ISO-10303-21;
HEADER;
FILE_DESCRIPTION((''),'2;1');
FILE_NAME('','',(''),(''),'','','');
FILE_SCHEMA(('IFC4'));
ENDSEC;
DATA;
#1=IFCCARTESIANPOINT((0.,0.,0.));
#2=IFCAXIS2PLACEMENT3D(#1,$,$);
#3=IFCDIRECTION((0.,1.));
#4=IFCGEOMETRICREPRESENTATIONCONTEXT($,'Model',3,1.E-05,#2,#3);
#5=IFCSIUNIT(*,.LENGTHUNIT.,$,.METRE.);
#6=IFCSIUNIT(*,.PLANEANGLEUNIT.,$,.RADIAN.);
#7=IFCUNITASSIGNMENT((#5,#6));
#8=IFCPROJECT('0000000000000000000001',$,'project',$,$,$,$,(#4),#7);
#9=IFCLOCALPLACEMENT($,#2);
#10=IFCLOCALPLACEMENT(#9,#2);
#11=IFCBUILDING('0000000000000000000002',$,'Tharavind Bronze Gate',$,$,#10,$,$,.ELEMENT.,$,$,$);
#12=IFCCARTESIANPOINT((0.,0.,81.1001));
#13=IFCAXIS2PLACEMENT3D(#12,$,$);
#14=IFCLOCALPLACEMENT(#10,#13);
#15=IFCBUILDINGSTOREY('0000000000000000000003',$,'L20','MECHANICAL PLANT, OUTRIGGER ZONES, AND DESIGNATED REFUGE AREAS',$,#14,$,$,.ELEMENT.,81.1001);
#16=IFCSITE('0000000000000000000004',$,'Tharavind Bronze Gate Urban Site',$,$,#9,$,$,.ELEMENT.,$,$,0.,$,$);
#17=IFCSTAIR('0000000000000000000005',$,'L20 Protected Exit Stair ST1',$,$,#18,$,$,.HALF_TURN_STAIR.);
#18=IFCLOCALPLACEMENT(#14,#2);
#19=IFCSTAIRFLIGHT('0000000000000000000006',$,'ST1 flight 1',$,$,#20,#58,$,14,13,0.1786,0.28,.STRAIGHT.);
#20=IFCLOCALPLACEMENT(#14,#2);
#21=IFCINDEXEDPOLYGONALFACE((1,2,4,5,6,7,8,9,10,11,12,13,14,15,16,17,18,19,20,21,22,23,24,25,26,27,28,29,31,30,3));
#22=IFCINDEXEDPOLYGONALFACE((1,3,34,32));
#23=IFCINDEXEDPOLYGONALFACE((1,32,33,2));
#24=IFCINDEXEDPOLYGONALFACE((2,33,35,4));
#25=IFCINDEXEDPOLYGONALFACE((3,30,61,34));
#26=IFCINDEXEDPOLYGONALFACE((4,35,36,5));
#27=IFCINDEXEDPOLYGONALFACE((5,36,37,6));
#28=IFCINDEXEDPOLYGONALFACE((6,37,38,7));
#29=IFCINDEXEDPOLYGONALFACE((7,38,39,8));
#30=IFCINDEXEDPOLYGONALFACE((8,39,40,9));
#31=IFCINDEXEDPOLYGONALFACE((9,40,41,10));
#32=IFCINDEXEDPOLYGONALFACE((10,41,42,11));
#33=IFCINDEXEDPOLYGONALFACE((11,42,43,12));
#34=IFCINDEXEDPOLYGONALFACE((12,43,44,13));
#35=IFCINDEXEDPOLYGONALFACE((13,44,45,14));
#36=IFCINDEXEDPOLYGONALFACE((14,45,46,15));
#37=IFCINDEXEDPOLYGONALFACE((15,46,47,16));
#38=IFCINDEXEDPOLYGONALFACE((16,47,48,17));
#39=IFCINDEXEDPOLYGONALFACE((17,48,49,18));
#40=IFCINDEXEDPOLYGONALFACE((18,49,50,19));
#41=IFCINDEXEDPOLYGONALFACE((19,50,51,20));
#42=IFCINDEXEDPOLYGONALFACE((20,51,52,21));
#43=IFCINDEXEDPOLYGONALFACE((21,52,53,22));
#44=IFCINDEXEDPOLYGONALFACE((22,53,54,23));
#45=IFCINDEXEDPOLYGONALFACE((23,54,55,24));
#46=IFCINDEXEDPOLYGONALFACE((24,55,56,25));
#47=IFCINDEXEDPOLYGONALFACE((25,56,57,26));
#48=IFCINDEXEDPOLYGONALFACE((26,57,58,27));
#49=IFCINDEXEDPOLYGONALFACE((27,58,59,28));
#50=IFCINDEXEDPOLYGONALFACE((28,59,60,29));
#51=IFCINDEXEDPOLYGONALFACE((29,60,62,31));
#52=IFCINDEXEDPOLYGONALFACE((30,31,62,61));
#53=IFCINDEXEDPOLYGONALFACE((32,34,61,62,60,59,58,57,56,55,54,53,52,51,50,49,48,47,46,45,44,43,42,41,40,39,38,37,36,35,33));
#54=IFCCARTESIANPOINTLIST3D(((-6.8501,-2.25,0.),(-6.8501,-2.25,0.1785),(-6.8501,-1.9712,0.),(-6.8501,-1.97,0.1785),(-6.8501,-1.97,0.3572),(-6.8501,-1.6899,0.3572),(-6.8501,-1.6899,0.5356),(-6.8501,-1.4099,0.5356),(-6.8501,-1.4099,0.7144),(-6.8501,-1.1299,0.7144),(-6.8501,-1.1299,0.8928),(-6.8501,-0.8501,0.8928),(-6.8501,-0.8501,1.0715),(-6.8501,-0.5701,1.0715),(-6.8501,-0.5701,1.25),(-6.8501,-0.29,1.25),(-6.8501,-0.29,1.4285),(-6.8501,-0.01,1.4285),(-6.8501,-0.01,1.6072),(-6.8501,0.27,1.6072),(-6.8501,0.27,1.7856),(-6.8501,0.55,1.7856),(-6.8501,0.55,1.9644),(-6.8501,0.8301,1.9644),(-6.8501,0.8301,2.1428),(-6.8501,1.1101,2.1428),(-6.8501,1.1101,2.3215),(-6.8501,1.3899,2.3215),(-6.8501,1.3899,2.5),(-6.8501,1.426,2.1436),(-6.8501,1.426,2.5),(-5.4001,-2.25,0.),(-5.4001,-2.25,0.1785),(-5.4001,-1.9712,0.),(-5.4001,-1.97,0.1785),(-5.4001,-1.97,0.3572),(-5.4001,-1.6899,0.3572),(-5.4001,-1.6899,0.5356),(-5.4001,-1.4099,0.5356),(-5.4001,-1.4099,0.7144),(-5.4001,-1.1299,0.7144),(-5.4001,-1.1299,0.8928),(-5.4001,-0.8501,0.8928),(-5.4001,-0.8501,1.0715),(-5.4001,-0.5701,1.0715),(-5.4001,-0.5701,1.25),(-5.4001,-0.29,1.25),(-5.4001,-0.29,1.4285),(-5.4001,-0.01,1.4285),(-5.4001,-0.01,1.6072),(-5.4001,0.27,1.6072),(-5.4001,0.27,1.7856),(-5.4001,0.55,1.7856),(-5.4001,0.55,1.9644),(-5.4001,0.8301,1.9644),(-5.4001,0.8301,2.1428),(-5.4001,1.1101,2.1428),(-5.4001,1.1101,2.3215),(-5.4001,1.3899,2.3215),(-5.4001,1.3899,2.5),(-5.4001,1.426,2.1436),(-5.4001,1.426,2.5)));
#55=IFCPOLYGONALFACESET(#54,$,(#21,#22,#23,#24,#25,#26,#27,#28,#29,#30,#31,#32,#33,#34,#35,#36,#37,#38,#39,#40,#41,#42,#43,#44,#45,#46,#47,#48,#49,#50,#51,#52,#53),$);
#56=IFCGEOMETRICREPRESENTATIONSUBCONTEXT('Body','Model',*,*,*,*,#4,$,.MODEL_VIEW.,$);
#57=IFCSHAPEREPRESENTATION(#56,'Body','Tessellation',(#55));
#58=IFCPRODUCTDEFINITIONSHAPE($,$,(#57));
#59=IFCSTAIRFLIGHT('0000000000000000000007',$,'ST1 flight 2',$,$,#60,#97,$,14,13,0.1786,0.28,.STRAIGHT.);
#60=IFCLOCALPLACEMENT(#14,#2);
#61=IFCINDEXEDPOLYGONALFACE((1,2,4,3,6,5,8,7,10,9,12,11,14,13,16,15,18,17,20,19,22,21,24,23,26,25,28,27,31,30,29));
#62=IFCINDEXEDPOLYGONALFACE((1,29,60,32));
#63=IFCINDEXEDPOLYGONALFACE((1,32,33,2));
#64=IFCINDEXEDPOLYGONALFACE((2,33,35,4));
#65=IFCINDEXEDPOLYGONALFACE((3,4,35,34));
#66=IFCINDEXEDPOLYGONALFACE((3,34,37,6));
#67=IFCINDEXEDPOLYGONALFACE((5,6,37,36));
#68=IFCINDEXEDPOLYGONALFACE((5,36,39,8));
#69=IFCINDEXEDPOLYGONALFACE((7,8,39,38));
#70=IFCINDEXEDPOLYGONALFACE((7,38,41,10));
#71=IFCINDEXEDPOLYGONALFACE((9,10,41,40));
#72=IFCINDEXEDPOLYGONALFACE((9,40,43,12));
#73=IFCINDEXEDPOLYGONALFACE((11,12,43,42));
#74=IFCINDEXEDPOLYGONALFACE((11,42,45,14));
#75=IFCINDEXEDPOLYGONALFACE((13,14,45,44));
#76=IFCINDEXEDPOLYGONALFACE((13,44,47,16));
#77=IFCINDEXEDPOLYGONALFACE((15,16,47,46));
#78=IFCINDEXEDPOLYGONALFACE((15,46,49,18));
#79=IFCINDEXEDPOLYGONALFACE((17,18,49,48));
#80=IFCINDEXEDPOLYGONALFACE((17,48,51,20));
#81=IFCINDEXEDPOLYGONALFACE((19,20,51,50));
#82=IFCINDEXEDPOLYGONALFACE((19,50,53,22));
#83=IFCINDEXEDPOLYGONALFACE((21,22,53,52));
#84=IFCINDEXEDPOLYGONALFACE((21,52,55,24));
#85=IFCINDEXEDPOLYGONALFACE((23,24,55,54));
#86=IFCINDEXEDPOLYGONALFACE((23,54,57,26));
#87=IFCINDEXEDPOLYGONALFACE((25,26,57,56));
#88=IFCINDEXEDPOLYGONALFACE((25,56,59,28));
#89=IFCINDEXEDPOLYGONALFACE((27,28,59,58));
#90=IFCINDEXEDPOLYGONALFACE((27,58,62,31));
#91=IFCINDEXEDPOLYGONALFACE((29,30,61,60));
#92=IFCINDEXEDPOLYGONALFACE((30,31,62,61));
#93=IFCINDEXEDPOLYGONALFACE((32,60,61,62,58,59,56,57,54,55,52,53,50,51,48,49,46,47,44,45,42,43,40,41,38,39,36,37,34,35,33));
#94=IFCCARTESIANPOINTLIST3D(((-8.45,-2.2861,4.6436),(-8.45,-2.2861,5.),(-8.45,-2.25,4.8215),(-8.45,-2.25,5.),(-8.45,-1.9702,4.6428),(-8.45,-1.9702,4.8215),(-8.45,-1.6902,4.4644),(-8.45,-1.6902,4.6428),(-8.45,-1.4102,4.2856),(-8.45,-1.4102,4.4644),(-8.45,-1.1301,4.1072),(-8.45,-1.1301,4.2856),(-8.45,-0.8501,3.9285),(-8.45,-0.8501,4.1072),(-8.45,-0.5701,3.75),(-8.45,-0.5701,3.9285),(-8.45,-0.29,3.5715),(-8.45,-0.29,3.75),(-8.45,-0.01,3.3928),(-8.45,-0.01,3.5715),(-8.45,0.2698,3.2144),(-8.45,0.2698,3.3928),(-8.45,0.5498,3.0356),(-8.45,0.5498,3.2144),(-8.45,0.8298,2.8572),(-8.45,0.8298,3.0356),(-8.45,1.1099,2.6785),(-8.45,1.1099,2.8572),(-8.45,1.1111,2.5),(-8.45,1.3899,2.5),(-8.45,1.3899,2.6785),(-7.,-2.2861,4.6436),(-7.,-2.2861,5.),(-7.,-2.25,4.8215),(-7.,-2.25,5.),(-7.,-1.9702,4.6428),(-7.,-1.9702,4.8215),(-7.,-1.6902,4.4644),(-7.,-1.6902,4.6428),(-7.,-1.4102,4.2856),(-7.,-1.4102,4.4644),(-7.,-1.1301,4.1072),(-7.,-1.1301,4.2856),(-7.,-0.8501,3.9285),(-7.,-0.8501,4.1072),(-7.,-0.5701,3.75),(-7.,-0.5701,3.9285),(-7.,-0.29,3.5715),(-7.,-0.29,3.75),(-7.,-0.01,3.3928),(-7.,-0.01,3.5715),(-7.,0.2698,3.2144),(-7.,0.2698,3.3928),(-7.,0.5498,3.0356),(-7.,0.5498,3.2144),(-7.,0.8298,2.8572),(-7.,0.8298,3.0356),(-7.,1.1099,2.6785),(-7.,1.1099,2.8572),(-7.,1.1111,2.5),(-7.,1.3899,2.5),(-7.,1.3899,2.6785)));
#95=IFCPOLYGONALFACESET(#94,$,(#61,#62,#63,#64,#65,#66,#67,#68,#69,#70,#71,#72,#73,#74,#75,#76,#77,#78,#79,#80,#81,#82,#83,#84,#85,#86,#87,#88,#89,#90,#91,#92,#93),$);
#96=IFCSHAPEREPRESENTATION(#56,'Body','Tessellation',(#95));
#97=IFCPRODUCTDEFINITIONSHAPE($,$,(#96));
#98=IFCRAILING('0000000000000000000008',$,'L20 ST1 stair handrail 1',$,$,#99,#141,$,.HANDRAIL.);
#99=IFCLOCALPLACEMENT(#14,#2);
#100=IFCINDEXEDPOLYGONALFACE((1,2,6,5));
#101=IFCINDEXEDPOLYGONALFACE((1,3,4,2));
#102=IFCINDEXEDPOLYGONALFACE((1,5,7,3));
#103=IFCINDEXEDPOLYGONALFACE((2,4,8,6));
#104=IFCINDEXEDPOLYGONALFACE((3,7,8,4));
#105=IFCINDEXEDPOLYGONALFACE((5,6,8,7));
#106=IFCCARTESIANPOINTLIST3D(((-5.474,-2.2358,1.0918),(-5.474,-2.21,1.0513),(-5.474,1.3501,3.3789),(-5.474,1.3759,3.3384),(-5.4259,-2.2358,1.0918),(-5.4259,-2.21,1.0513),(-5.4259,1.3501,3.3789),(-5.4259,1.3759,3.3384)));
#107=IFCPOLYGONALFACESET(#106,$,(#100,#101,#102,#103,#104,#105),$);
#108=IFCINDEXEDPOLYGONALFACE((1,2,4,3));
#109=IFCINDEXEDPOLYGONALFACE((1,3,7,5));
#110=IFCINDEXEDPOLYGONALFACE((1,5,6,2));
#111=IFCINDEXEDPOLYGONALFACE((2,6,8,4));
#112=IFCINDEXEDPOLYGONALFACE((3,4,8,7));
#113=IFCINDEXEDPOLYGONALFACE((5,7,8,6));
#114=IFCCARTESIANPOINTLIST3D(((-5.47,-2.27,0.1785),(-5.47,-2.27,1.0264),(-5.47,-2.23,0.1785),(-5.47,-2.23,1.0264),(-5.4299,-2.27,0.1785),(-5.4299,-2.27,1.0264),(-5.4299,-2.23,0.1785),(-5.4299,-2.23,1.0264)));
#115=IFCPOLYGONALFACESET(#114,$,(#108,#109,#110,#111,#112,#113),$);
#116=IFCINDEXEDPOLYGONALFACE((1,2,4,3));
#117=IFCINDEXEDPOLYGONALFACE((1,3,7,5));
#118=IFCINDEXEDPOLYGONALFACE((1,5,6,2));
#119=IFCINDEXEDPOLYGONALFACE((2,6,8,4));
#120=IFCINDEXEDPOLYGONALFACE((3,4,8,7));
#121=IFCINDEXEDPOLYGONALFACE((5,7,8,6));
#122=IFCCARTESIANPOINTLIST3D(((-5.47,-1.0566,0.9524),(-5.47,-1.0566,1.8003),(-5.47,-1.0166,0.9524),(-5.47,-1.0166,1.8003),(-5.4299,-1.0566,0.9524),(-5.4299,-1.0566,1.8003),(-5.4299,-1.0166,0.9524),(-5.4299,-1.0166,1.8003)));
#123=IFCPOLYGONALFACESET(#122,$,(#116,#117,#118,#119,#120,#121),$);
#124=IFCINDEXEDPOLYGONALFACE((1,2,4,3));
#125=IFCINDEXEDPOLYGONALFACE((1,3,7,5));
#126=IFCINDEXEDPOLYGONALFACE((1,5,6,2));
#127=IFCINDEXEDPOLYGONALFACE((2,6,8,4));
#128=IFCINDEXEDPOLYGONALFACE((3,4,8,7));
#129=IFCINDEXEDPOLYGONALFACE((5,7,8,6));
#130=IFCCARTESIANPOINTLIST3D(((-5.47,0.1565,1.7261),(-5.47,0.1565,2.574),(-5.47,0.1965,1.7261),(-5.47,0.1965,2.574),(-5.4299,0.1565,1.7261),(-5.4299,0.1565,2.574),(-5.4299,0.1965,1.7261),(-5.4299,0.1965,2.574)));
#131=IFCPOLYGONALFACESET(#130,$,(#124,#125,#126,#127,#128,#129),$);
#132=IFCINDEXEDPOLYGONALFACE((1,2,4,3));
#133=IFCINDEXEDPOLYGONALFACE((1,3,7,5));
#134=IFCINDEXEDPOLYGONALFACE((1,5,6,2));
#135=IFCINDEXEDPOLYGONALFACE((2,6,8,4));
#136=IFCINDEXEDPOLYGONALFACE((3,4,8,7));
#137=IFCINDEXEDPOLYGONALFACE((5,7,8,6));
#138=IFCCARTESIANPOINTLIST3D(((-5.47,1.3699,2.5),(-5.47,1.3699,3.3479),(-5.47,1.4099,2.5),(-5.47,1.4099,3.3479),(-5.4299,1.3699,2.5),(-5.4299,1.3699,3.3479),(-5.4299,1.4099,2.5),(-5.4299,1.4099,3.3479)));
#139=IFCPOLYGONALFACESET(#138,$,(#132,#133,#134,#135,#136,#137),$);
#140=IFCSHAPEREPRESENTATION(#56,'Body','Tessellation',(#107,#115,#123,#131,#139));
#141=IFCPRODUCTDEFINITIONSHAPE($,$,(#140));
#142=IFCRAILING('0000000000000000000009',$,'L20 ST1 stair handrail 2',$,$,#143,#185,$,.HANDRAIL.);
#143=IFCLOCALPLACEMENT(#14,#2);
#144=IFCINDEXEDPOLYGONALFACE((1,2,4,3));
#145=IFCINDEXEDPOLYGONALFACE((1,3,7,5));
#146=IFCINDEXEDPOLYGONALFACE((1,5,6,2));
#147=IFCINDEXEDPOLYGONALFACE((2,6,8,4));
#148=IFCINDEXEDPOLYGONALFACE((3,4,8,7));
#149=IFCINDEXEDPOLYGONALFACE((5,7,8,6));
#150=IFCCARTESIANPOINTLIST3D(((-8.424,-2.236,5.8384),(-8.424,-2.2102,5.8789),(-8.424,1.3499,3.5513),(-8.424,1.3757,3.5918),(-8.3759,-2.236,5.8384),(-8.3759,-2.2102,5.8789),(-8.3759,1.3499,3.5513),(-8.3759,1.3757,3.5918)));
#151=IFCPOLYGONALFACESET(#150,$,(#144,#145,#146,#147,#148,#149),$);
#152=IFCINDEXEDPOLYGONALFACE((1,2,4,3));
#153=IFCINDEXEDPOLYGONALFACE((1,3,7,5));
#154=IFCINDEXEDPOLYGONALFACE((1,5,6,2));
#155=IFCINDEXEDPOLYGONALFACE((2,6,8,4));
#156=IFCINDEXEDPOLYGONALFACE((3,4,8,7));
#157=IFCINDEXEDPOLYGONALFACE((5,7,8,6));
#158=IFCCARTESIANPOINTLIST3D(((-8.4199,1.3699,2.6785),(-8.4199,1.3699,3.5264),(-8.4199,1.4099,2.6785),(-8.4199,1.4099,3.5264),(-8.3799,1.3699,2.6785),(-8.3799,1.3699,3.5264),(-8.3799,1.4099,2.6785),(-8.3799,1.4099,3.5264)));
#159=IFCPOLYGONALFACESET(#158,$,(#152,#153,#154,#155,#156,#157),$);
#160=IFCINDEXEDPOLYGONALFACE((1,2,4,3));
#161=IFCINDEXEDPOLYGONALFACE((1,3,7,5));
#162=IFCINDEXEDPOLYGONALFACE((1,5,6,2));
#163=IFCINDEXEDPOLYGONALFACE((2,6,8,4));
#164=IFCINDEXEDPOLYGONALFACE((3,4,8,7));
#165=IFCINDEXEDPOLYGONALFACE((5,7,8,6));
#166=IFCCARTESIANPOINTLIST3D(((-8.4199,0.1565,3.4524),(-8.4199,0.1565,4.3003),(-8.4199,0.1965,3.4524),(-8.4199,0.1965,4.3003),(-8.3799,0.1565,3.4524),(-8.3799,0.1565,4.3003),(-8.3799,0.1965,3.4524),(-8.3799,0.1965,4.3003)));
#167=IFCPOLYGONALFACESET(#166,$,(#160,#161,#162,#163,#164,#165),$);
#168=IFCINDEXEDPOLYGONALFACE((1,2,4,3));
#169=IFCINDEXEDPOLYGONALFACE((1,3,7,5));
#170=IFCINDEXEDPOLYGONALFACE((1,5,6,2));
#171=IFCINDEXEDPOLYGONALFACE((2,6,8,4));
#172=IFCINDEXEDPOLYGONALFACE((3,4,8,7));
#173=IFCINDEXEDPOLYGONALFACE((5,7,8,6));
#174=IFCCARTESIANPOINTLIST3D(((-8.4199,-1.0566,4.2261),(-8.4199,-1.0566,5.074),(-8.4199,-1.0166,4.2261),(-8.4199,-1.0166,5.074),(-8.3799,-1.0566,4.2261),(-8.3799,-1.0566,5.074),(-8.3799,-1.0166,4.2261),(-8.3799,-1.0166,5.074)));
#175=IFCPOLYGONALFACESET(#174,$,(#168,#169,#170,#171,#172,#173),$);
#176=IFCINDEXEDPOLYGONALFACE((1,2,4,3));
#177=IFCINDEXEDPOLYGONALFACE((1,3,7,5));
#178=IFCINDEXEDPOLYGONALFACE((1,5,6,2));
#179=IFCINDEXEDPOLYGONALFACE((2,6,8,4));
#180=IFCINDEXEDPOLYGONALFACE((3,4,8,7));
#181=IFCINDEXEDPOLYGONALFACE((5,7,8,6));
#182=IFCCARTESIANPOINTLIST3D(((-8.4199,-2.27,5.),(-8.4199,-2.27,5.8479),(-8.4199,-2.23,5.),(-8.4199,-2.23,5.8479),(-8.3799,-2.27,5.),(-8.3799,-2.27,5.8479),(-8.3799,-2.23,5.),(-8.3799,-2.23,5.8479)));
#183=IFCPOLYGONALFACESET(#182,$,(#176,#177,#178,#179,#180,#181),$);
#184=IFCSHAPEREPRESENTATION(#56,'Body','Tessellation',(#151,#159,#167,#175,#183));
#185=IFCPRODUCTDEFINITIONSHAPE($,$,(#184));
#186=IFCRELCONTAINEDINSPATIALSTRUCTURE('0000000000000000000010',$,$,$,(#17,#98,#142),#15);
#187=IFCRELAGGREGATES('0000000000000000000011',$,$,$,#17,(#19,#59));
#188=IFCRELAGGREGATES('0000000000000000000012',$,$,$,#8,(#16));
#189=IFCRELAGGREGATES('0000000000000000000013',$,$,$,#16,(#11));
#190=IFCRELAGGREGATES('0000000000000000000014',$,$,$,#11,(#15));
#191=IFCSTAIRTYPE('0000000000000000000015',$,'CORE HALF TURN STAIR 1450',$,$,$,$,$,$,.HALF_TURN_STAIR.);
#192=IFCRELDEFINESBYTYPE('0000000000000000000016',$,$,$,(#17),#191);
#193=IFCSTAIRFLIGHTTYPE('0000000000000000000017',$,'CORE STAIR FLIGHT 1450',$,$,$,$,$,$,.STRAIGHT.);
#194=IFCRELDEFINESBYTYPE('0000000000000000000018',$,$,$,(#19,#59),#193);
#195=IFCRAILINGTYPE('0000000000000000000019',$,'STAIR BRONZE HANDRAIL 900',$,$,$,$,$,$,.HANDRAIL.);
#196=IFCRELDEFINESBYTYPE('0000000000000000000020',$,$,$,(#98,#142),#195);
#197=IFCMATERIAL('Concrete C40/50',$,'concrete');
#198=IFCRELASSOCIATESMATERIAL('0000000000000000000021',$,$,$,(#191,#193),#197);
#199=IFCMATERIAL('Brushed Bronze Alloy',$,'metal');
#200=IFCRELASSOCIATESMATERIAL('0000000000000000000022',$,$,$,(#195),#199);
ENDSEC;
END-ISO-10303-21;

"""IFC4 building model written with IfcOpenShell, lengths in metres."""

from ifc_helpers import new_model, si_unit, direction, frame, origin, origin_2d, place, context, subcontext, project, spatial, polyline, rectangle, outline, extrude, material, type_object, element, aggregate, save


model = new_model("IFC4")

# Units and contexts
model_context = context("Model", 3, precision=1e-05, world=origin(), true_north=direction((0.0, 1.0)))
body_context = subcontext(model_context, "Body", "Model", "MODEL_VIEW")
ifc_project = project(units=[si_unit("LENGTHUNIT", "METRE"), si_unit("PLANEANGLEUNIT", "RADIAN")], contexts=[model_context])

# Site, building, storey
site_placement = place(None, origin())
site = spatial("IfcSite", under=ifc_project, at=site_placement, Name="Tharavind Bronze Gate Urban Site", CompositionType="ELEMENT", RefElevation=0.0)
building_placement = place(site_placement, origin())
building = spatial("IfcBuilding", under=site, at=building_placement, Name="Tharavind Bronze Gate", CompositionType="ELEMENT")
storey_placement = place(building_placement, frame((0.0, 0.0, 81.1001)))
storey = spatial("IfcBuildingStorey", under=building, at=storey_placement, Name="L20", Description="MECHANICAL PLANT, OUTRIGGER ZONES, AND DESIGNATED REFUGE AREAS", CompositionType="ELEMENT", Elevation=81.1001)

# Stair, stair flights
ifc_material_1 = material(Name="Concrete C40/50", Category="concrete")
stair_type = type_object("IfcStairType", Name="CORE HALF TURN STAIR 1450", PredefinedType="HALF_TURN_STAIR", material=ifc_material_1)
stair_placement = place(storey_placement, origin())
stair = element("IfcStair", 1, at=stair_placement, inside=storey, type_object=stair_type, Name="L20 Protected Exit Stair ST1", PredefinedType="HALF_TURN_STAIR")
stair_flight_type = type_object("IfcStairFlightType", Name="CORE STAIR FLIGHT 1450", PredefinedType="STRAIGHT", material=ifc_material_1)
stair_flight_1_placement = place(storey_placement, frame((-6.125, -2.25, 0.0), z_axis=(0.0, 0.0, 1.0), x_axis=(0.0, 1.0, 0.0)))
stair_flight_1 = element("IfcStairFlight", 2, at=stair_flight_1_placement, type_object=stair_flight_type, Name="ST1 flight 1", NumberOfRisers=14, NumberOfTreads=13, PredefinedType="STRAIGHT", RiserHeight=0.1786, TreadLength=0.28, context=body_context, shape_type="SweptSolid", body=[
    extrude(outline(polyline([(0.0, 0.0), (0.0, 0.1785), (0.28, 0.1785), (0.28, 0.3572), (0.5601, 0.3572), (0.5601, 0.5356), (0.8401, 0.5356), (0.8401, 0.7144), (1.1201, 0.7144), (1.1201, 0.8928), (1.3999, 0.8928), (1.3999, 1.0715), (1.6799, 1.0715), (1.6799, 1.25), (1.96, 1.25), (1.96, 1.4285), (2.24, 1.4285), (2.24, 1.6072), (2.52, 1.6072), (2.52, 1.7856), (2.8, 1.7856), (2.8, 1.9644), (3.0801, 1.9644), (3.0801, 2.1428), (3.3601, 2.1428), (3.3601, 2.3215), (3.6399, 2.3215), (3.6399, 2.5), (3.676, 2.5), (3.676, 2.1436), (0.2788, 0.0), (0.0, 0.0)])), frame((0.0, 0.7251, 0.0), z_axis=(0.0, -1.0, 0.0), x_axis=(1.0, 0.0, 0.0)), (0.0, 0.0, 1.0), 1.45),
])
stair_flight_2_placement = place(storey_placement, frame((-7.7251, 1.3899, 2.5), z_axis=(0.0, 0.0, 1.0), x_axis=(0.0, -1.0, 0.0)))
stair_flight_2 = element("IfcStairFlight", 3, at=stair_flight_2_placement, type_object=stair_flight_type, Name="ST1 flight 2", NumberOfRisers=14, NumberOfTreads=13, PredefinedType="STRAIGHT", RiserHeight=0.1786, TreadLength=0.28, context=body_context, shape_type="SweptSolid", body=[
    extrude(outline(polyline([(0.0, 0.0), (0.0, 0.1785), (0.28, 0.1785), (0.28, 0.3572), (0.5601, 0.3572), (0.5601, 0.5356), (0.8401, 0.5356), (0.8401, 0.7144), (1.1201, 0.7144), (1.1201, 0.8928), (1.3999, 0.8928), (1.3999, 1.0715), (1.6799, 1.0715), (1.6799, 1.25), (1.96, 1.25), (1.96, 1.4285), (2.24, 1.4285), (2.24, 1.6072), (2.52, 1.6072), (2.52, 1.7856), (2.8, 1.7856), (2.8, 1.9644), (3.0801, 1.9644), (3.0801, 2.1428), (3.3601, 2.1428), (3.3601, 2.3215), (3.6399, 2.3215), (3.6399, 2.5), (3.676, 2.5), (3.676, 2.1436), (0.2788, 0.0), (0.0, 0.0)])), frame((0.0, 0.7251, 0.0), z_axis=(0.0, -1.0, 0.0), x_axis=(1.0, 0.0, 0.0)), (0.0, 0.0, 1.0), 1.45),
])
aggregate(stair, [stair_flight_1, stair_flight_2])

# Railings
ifc_material_2 = material(Name="Brushed Bronze Alloy", Category="metal")
railing_type_1 = type_object("IfcRailingType", Name="STAIR BRONZE HANDRAIL 900", PredefinedType="HANDRAIL", material=ifc_material_2)
railing_1_placement = place(storey_placement, frame((-5.45, -2.25, 0.1785)))
element("IfcRailing", 4, at=railing_1_placement, inside=storey, type_object=railing_type_1, Name="L20 ST1 stair handrail 1", PredefinedType="HANDRAIL", context=body_context, shape_type="SweptSolid", body=[
    extrude(rectangle(XDim=0.0481, YDim=0.0481, at=origin_2d()), frame((0.0, 0.0271, 0.8931), z_axis=(0.0, 0.843112, 0.537739), x_axis=(-1.0, 0.0, 0.0)), (0.0, 0.0, 1.0), 4.2532),
    extrude(rectangle(XDim=0.04, YDim=0.04, at=origin_2d()), origin(), (0.0, 0.0, 1.0), 0.8479),
    extrude(rectangle(XDim=0.04, YDim=0.04, at=origin_2d()), frame((0.0, 1.2134, 0.7739)), (0.0, 0.0, 1.0), 0.8479),
    extrude(rectangle(XDim=0.04, YDim=0.04, at=origin_2d()), frame((0.0, 2.4265, 1.5476)), (0.0, 0.0, 1.0), 0.8479),
    extrude(rectangle(XDim=0.04, YDim=0.04, at=origin_2d()), frame((0.0, 3.6399, 2.3215)), (0.0, 0.0, 1.0), 0.8479),
])
railing_2_placement = place(storey_placement, frame((-8.3999, 1.3899, 2.6785)))
element("IfcRailing", 5, at=railing_2_placement, inside=storey, type_object=railing_type_1, Name="L20 ST1 stair handrail 2", PredefinedType="HANDRAIL", context=body_context, shape_type="SweptSolid", body=[
    extrude(rectangle(XDim=0.0481, YDim=0.0481, at=origin_2d()), frame((0.0, -0.0271, 0.8931), z_axis=(0.0, -0.843112, 0.537739), x_axis=(1.0, 0.0, 0.0)), (0.0, 0.0, 1.0), 4.2532),
    extrude(rectangle(XDim=0.04, YDim=0.04, at=origin_2d()), origin(), (0.0, 0.0, 1.0), 0.8479),
    extrude(rectangle(XDim=0.04, YDim=0.04, at=origin_2d()), frame((0.0, -1.2134, 0.7739)), (0.0, 0.0, 1.0), 0.8479),
    extrude(rectangle(XDim=0.04, YDim=0.04, at=origin_2d()), frame((0.0, -2.4265, 1.5476)), (0.0, 0.0, 1.0), 0.8479),
    extrude(rectangle(XDim=0.04, YDim=0.04, at=origin_2d()), frame((0.0, -3.6399, 2.3215)), (0.0, 0.0, 1.0), 0.8479),
])

save(model, "model.ifc")
